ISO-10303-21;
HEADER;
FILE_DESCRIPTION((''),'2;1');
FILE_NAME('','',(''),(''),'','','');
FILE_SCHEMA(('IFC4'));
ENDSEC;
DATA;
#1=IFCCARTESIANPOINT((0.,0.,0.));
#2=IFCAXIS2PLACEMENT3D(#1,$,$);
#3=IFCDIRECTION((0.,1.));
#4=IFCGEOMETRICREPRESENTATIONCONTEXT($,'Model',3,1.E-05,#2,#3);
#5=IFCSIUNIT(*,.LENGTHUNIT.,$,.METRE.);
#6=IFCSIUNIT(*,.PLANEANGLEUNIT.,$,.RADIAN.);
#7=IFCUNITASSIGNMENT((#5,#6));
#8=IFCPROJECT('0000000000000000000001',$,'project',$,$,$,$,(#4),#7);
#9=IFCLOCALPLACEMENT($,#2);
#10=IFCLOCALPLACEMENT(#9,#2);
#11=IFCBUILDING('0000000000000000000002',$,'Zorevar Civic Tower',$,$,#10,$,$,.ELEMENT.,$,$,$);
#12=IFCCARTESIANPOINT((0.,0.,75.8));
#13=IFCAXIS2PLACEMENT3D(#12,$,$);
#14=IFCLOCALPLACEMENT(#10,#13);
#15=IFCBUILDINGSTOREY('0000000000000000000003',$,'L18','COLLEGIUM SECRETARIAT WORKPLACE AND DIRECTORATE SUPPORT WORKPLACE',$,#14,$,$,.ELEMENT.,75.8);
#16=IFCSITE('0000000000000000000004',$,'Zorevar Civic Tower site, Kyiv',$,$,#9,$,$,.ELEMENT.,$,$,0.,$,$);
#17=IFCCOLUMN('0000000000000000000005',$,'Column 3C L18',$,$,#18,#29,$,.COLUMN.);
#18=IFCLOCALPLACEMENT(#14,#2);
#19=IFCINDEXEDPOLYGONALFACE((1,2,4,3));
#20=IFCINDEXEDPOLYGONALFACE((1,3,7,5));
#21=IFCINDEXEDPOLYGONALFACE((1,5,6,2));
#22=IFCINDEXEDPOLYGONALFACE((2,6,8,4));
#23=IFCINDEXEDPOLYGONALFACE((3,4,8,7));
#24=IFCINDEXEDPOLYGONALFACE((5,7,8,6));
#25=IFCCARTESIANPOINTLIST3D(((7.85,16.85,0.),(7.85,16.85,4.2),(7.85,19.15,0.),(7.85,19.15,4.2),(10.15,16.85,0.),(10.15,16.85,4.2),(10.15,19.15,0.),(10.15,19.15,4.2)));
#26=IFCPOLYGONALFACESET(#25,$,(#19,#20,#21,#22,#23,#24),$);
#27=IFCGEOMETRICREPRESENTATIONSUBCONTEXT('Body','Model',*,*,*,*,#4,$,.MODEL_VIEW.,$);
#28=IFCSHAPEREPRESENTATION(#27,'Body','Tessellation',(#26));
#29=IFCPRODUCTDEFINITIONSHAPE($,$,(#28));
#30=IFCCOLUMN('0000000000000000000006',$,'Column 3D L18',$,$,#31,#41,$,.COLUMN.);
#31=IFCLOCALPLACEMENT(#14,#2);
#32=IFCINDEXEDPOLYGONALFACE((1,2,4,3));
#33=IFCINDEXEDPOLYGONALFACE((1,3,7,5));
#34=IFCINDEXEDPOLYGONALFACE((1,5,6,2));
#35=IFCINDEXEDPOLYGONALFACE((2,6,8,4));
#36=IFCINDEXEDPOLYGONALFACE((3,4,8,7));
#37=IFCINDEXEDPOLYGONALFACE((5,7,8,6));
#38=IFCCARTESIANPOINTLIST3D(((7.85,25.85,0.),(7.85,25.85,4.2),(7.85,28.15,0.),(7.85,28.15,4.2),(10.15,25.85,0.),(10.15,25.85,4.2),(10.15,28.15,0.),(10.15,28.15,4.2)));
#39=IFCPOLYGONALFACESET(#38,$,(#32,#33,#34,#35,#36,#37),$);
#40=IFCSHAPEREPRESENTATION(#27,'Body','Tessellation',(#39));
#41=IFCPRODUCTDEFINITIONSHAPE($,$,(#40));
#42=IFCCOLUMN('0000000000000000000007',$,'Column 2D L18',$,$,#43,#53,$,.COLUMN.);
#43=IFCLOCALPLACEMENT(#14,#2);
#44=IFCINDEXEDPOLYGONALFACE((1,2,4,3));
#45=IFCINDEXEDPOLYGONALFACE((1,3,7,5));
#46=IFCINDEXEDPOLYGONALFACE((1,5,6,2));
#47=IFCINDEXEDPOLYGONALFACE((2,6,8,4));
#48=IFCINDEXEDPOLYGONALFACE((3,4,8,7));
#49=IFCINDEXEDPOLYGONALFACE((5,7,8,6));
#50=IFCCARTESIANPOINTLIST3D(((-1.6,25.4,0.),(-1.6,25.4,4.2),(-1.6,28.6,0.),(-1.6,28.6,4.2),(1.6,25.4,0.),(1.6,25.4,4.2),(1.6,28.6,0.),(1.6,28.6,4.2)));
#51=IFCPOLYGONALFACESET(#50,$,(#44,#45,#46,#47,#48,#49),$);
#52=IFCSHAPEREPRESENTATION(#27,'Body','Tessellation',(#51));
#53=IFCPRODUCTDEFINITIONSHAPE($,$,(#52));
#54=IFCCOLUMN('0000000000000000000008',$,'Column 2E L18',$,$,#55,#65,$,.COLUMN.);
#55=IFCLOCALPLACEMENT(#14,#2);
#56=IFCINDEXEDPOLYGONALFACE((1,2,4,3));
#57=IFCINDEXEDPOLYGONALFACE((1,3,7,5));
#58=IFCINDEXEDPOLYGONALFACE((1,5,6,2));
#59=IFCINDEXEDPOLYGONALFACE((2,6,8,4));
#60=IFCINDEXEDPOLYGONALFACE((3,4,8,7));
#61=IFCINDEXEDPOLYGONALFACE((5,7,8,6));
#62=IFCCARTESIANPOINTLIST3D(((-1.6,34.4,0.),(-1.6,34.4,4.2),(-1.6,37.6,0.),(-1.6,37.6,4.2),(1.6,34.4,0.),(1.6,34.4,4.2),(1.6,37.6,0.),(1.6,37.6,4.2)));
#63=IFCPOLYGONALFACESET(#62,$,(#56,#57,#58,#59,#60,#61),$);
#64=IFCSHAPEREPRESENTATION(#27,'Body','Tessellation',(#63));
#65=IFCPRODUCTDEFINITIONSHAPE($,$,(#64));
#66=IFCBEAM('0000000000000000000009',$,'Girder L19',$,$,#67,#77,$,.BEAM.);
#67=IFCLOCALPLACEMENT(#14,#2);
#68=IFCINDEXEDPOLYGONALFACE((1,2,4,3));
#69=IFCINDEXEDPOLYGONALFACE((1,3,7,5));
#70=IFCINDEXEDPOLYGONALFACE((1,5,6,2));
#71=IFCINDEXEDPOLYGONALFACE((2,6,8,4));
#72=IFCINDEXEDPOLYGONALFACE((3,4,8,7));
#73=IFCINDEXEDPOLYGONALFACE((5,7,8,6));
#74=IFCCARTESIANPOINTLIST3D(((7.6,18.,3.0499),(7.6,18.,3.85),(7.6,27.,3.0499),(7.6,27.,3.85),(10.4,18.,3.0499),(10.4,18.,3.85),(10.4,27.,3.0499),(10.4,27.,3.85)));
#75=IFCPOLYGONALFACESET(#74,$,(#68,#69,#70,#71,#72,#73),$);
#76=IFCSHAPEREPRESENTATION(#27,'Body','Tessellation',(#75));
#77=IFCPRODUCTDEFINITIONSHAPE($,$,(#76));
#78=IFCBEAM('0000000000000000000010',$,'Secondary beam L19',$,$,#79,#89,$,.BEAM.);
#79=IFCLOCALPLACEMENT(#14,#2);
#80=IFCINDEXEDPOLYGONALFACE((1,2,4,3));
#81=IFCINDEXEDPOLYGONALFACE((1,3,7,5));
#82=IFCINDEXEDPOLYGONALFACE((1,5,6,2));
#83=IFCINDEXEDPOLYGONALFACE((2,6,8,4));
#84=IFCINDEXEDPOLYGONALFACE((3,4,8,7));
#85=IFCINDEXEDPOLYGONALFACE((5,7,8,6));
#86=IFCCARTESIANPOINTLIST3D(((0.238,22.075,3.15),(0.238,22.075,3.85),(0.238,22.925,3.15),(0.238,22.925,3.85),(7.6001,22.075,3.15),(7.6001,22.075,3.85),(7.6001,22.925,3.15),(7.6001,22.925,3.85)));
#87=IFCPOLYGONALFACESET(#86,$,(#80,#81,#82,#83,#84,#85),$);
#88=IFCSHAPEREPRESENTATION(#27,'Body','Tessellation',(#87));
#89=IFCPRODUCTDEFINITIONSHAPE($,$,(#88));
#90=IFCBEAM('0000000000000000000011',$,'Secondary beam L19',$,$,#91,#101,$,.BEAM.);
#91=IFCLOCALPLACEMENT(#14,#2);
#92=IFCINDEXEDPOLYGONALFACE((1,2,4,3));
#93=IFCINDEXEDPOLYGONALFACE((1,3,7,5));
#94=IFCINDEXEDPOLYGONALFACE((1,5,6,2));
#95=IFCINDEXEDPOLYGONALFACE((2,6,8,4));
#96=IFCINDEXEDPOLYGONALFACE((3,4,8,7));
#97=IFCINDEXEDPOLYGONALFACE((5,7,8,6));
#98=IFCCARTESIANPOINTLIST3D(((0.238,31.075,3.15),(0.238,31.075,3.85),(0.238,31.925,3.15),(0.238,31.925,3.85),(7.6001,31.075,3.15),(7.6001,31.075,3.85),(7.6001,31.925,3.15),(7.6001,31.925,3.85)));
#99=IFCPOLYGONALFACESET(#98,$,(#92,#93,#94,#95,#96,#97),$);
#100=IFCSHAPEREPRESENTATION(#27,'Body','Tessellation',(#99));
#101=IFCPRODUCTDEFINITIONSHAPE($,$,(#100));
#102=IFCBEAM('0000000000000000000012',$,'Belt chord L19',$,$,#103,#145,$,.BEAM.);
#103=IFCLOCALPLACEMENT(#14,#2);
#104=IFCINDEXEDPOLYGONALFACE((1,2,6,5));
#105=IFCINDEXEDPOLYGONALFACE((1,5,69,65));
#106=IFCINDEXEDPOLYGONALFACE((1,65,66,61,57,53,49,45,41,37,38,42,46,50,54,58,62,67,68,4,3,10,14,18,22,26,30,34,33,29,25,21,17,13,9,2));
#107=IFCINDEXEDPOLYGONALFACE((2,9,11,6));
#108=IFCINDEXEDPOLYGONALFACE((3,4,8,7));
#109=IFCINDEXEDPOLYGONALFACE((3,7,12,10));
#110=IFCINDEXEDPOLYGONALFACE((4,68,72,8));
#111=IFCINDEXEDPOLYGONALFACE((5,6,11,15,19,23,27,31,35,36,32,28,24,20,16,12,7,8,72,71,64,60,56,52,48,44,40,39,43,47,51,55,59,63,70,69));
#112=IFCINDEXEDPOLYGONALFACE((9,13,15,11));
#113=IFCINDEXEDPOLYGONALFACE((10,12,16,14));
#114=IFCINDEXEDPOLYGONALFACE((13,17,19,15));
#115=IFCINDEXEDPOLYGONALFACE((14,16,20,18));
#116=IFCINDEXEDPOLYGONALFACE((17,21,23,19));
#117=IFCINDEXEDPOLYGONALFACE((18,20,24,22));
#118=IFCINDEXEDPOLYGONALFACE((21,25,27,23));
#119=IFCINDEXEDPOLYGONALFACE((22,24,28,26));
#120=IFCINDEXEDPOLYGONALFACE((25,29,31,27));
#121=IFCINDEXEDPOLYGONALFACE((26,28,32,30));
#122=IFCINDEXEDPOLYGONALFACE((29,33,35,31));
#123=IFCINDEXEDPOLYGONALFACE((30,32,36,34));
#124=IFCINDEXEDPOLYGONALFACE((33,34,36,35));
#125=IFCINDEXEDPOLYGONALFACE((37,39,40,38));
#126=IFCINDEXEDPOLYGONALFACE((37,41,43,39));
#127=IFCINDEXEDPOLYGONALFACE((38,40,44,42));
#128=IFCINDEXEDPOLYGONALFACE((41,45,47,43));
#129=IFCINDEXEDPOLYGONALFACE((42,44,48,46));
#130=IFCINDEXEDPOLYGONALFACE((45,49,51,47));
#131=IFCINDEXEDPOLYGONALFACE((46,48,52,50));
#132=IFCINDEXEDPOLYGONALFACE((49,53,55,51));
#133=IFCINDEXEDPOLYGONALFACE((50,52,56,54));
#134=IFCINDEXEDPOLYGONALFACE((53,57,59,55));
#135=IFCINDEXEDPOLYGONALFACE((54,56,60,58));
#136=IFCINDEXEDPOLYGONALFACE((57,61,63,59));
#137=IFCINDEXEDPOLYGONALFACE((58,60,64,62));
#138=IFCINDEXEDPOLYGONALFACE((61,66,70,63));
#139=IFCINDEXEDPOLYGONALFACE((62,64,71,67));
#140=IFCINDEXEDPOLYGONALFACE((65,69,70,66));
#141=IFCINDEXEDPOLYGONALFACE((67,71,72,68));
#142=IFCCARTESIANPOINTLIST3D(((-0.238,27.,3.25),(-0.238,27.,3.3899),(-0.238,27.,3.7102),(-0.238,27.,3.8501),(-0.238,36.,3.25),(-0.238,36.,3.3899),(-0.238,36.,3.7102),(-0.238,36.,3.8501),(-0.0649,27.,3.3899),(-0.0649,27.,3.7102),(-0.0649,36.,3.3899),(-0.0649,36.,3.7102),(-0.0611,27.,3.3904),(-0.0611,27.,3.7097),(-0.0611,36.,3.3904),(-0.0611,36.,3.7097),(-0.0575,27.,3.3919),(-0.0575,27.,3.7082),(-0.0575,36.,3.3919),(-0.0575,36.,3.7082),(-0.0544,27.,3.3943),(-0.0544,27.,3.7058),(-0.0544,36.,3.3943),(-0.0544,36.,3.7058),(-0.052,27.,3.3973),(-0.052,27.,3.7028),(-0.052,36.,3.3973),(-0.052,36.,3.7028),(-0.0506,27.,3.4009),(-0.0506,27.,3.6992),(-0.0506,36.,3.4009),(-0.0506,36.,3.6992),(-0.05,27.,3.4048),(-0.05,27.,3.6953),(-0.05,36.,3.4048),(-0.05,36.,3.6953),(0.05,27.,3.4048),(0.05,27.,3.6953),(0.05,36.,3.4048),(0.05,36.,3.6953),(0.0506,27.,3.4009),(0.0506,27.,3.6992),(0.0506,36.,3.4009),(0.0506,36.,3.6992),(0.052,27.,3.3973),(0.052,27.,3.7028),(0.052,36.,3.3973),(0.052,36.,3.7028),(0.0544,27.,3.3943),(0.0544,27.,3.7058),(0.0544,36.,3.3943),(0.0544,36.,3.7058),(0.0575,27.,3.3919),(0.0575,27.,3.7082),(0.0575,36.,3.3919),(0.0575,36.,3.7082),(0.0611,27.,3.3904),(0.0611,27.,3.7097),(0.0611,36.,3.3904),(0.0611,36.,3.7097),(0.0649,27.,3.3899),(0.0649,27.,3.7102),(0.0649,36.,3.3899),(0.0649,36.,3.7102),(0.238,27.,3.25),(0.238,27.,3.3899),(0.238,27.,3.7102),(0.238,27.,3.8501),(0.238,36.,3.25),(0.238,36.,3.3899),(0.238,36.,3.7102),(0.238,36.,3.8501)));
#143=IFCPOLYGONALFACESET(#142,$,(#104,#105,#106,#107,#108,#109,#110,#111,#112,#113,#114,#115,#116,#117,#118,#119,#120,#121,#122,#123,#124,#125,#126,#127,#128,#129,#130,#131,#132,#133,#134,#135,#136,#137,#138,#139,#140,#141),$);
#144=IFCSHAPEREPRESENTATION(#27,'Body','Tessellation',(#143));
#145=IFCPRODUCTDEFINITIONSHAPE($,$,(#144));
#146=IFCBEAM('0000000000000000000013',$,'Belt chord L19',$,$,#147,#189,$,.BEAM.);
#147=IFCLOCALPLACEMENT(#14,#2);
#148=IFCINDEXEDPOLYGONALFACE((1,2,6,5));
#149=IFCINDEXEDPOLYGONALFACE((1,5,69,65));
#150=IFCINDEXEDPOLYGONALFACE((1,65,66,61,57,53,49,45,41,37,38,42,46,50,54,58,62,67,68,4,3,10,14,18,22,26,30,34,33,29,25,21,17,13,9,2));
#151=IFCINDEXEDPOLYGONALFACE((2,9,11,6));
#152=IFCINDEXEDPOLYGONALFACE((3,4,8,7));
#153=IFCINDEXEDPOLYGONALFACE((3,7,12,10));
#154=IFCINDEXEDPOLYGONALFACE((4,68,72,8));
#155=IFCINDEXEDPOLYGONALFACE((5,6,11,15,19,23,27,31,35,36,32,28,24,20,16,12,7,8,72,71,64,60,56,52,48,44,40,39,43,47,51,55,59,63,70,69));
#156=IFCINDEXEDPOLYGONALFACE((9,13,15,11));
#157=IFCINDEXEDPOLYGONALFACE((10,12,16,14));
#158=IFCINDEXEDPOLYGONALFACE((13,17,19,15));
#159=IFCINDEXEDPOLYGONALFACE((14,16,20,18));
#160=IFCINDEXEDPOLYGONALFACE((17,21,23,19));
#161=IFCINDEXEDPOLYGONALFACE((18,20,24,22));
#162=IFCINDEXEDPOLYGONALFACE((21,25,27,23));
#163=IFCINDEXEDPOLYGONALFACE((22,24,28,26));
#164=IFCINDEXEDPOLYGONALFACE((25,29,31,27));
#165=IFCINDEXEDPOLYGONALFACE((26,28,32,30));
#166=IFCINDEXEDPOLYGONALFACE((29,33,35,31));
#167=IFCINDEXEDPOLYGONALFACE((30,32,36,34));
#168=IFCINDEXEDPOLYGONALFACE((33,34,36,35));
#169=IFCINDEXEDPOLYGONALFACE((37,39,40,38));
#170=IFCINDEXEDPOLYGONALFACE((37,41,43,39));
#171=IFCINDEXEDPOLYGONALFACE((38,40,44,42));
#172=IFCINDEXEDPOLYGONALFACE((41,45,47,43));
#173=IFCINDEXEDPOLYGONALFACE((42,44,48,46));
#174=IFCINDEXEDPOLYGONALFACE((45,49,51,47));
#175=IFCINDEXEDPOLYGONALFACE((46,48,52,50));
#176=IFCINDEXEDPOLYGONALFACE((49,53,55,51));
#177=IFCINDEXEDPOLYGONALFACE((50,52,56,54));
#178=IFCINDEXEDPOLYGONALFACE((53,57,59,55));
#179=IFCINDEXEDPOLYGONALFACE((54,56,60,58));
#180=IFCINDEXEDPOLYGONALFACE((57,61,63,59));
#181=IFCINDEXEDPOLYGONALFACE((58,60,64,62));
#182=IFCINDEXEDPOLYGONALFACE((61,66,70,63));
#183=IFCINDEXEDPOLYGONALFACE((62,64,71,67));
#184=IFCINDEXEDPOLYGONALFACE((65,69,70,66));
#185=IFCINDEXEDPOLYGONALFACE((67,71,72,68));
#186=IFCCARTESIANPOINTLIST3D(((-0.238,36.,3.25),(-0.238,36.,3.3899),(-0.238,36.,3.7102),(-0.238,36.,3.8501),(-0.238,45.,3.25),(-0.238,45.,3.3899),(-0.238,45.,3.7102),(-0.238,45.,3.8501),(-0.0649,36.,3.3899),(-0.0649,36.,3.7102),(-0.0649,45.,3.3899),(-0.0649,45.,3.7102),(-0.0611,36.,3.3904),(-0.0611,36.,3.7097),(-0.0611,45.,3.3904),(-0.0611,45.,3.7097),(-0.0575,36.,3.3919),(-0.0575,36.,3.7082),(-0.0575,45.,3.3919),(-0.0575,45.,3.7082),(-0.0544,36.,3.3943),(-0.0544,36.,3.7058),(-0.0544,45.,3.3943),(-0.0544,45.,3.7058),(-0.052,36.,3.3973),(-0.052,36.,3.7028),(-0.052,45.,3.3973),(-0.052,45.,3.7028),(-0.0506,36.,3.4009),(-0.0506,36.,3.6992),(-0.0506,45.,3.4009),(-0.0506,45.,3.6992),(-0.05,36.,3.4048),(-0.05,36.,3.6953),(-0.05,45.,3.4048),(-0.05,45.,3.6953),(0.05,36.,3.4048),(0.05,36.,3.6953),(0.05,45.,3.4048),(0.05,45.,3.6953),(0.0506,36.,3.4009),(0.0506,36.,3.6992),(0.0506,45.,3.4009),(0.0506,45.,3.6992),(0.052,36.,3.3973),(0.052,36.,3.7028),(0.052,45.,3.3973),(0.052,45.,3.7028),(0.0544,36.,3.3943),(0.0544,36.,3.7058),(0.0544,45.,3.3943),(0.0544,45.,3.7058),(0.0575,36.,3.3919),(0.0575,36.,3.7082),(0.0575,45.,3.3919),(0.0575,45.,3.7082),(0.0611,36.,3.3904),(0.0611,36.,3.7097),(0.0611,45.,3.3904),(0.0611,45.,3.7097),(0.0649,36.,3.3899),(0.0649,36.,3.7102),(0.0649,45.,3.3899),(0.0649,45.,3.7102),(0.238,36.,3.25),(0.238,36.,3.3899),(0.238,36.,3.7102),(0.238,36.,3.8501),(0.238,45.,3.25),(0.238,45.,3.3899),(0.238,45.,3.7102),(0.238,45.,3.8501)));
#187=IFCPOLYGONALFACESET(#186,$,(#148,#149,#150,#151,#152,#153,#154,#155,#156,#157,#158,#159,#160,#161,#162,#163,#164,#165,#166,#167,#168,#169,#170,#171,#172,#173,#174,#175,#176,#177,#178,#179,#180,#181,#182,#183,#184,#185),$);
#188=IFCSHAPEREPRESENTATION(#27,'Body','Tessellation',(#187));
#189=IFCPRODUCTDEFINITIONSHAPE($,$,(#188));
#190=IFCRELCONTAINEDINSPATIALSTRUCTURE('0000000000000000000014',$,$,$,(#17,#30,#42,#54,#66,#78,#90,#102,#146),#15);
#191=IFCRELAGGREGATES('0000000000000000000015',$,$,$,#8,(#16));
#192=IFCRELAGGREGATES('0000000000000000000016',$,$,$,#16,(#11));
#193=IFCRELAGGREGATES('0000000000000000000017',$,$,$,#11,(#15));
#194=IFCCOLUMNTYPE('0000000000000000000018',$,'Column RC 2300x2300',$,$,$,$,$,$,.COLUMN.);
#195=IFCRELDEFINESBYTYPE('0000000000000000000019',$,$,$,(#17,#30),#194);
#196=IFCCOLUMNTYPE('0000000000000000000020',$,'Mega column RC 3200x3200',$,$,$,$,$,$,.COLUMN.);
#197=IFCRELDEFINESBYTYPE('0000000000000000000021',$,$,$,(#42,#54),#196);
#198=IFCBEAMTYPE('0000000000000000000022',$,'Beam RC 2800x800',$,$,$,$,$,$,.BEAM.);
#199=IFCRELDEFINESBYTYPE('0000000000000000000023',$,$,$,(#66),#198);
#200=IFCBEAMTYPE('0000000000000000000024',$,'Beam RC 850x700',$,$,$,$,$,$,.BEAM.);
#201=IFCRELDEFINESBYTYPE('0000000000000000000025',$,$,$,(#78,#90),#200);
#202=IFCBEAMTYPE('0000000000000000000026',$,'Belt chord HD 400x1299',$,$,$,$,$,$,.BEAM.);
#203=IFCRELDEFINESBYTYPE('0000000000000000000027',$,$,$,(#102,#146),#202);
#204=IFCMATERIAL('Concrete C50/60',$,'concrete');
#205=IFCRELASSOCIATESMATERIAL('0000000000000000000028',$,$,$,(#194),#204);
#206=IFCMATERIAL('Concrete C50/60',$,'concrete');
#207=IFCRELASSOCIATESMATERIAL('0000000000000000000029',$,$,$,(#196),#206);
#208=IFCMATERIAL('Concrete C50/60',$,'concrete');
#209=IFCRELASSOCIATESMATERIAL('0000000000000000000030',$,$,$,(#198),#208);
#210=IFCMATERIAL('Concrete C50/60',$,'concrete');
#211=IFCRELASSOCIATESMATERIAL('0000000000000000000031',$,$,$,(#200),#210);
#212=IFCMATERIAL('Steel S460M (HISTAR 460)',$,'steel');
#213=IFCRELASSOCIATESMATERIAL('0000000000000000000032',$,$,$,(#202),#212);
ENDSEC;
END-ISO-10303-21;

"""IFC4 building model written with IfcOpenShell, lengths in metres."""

from ifc_helpers import new_model, si_unit, direction, frame, origin, origin_2d, place, context, subcontext, project, spatial, rectangle, i_section, extrude, material, material_profile, profile_set, type_object, element, save


model = new_model("IFC4")

# Units and contexts
model_context = context("Model", 3, precision=1e-05, world=origin(), true_north=direction((0.0, 1.0)))
body_context = subcontext(model_context, "Body", "Model", "MODEL_VIEW")
ifc_project = project(units=[si_unit("LENGTHUNIT", "METRE"), si_unit("PLANEANGLEUNIT", "RADIAN")], contexts=[model_context])

# Site, building, storey
site_placement = place(None, origin())
site = spatial("IfcSite", under=ifc_project, at=site_placement, Name="Zorevar Civic Tower site, Kyiv", CompositionType="ELEMENT", RefElevation=0.0)
building_placement = place(site_placement, origin())
building = spatial("IfcBuilding", under=site, at=building_placement, Name="Zorevar Civic Tower", CompositionType="ELEMENT")
storey_placement = place(building_placement, frame((0.0, 0.0, 75.8)))
storey = spatial("IfcBuildingStorey", under=building, at=storey_placement, Name="L18", Description="COLLEGIUM SECRETARIAT WORKPLACE AND DIRECTORATE SUPPORT WORKPLACE", CompositionType="ELEMENT", Elevation=75.8)

# Columns
ifc_material_1 = material(Name="Concrete C50/60", Category="concrete")
ifc_material_profile_1 = material_profile(ifc_material_1, rectangle(XDim=2.3, YDim=2.3, at=origin_2d()), Name="RC 2300x2300")
ifc_profile_set_1 = profile_set([ifc_material_profile_1], Name="Concrete C50/60")
column_type_1 = type_object("IfcColumnType", Name="Column RC 2300x2300", PredefinedType="COLUMN", material=ifc_profile_set_1)
for number, where, z_axis, x_axis, name in (
    (1, (9.0, 18.0, 0.0), (0.0, 0.0, 1.0), (1.0, 0.0, 0.0), "Column 3C L18"),
    (2, (9.0, 27.0, 0.0), (0.0, 0.0, 1.0), (1.0, 0.0, 0.0), "Column 3D L18"),
):
    element("IfcColumn", number, at=place(storey_placement, frame(where, z_axis=z_axis, x_axis=x_axis)), inside=storey, type_object=column_type_1, Name=name, PredefinedType="COLUMN", context=body_context, shape_type="SweptSolid", body=[
        extrude(rectangle(XDim=2.3, YDim=2.3, at=origin_2d()), origin(), (0.0, 0.0, 1.0), 4.2),
    ])
ifc_material_2 = material(Name="Concrete C50/60", Category="concrete")
ifc_material_profile_2 = material_profile(ifc_material_2, rectangle(XDim=3.2, YDim=3.2, at=origin_2d()), Name="RC 3200x3200")
ifc_profile_set_2 = profile_set([ifc_material_profile_2], Name="Concrete C50/60")
column_type_2 = type_object("IfcColumnType", Name="Mega column RC 3200x3200", PredefinedType="COLUMN", material=ifc_profile_set_2)
for number, where, z_axis, x_axis, name in (
    (3, (0.0, 27.0, 0.0), (0.0, 0.0, 1.0), (1.0, 0.0, 0.0), "Column 2D L18"),
    (4, (0.0, 36.0, 0.0), (0.0, 0.0, 1.0), (1.0, 0.0, 0.0), "Column 2E L18"),
):
    element("IfcColumn", number, at=place(storey_placement, frame(where, z_axis=z_axis, x_axis=x_axis)), inside=storey, type_object=column_type_2, Name=name, PredefinedType="COLUMN", context=body_context, shape_type="SweptSolid", body=[
        extrude(rectangle(XDim=3.2, YDim=3.2, at=origin_2d()), origin(), (0.0, 0.0, 1.0), 4.2),
    ])

# Beams
ifc_material_3 = material(Name="Concrete C50/60", Category="concrete")
ifc_material_profile_3 = material_profile(ifc_material_3, rectangle(XDim=2.8, YDim=0.8, at=origin_2d()), Name="RC 2800x800")
ifc_profile_set_3 = profile_set([ifc_material_profile_3], Name="Concrete C50/60")
beam_type_1 = type_object("IfcBeamType", Name="Beam RC 2800x800", PredefinedType="BEAM", material=ifc_profile_set_3)
beam_1_placement = place(storey_placement, frame((9.0, 18.0, 3.45), z_axis=(0.0, 1.0, 0.0), x_axis=(-1.0, 0.0, 0.0)))
element("IfcBeam", 5, at=beam_1_placement, inside=storey, type_object=beam_type_1, Name="Girder L19", PredefinedType="BEAM", context=body_context, shape_type="SweptSolid", body=[
    extrude(rectangle(XDim=2.8, YDim=0.8, at=origin_2d()), origin(), (0.0, 0.0, 1.0), 9.0),
])
ifc_material_4 = material(Name="Concrete C50/60", Category="concrete")
ifc_material_profile_4 = material_profile(ifc_material_4, rectangle(XDim=0.8501, YDim=0.7, at=origin_2d()), Name="RC 850x700")
ifc_profile_set_4 = profile_set([ifc_material_profile_4], Name="Concrete C50/60")
beam_type_2 = type_object("IfcBeamType", Name="Beam RC 850x700", PredefinedType="BEAM", material=ifc_profile_set_4)
for number, where, z_axis, x_axis, name in (
    (6, (0.238, 22.5, 3.5), (1.0, 0.0, 0.0), (0.0, 1.0, 0.0), "Secondary beam L19"),
    (7, (0.238, 31.5, 3.5), (1.0, 0.0, 0.0), (0.0, 1.0, 0.0), "Secondary beam L19"),
):
    element("IfcBeam", number, at=place(storey_placement, frame(where, z_axis=z_axis, x_axis=x_axis)), inside=storey, type_object=beam_type_2, Name=name, PredefinedType="BEAM", context=body_context, shape_type="SweptSolid", body=[
        extrude(rectangle(XDim=0.8501, YDim=0.7, at=origin_2d()), origin(), (0.0, 0.0, 1.0), 7.3621),
    ])
ifc_material_5 = material(Name="Steel S460M (HISTAR 460)", Category="steel")
ifc_material_profile_5 = material_profile(ifc_material_5, i_section(OverallWidth=0.4761, OverallDepth=0.6001, WebThickness=0.1001, FlangeThickness=0.1399, FilletRadius=0.0149, at=origin_2d()), Name="HD 400x1299")
ifc_profile_set_5 = profile_set([ifc_material_profile_5], Name="Steel S460M (HISTAR 460)")
beam_type_3 = type_object("IfcBeamType", Name="Belt chord HD 400x1299", PredefinedType="BEAM", material=ifc_profile_set_5)
for number, where, z_axis, x_axis, name in (
    (8, (0.0, 27.0, 3.55), (0.0, 1.0, 0.0), (-1.0, 0.0, 0.0), "Belt chord L19"),
    (9, (0.0, 36.0, 3.55), (0.0, 1.0, 0.0), (-1.0, 0.0, 0.0), "Belt chord L19"),
):
    element("IfcBeam", number, at=place(storey_placement, frame(where, z_axis=z_axis, x_axis=x_axis)), inside=storey, type_object=beam_type_3, Name=name, PredefinedType="BEAM", context=body_context, shape_type="SweptSolid", body=[
        extrude(i_section(OverallWidth=0.4761, OverallDepth=0.6001, WebThickness=0.1001, FlangeThickness=0.1399, FilletRadius=0.0149, at=origin_2d()), origin(), (0.0, 0.0, 1.0), 9.0),
    ])

save(model, "model.ifc")
